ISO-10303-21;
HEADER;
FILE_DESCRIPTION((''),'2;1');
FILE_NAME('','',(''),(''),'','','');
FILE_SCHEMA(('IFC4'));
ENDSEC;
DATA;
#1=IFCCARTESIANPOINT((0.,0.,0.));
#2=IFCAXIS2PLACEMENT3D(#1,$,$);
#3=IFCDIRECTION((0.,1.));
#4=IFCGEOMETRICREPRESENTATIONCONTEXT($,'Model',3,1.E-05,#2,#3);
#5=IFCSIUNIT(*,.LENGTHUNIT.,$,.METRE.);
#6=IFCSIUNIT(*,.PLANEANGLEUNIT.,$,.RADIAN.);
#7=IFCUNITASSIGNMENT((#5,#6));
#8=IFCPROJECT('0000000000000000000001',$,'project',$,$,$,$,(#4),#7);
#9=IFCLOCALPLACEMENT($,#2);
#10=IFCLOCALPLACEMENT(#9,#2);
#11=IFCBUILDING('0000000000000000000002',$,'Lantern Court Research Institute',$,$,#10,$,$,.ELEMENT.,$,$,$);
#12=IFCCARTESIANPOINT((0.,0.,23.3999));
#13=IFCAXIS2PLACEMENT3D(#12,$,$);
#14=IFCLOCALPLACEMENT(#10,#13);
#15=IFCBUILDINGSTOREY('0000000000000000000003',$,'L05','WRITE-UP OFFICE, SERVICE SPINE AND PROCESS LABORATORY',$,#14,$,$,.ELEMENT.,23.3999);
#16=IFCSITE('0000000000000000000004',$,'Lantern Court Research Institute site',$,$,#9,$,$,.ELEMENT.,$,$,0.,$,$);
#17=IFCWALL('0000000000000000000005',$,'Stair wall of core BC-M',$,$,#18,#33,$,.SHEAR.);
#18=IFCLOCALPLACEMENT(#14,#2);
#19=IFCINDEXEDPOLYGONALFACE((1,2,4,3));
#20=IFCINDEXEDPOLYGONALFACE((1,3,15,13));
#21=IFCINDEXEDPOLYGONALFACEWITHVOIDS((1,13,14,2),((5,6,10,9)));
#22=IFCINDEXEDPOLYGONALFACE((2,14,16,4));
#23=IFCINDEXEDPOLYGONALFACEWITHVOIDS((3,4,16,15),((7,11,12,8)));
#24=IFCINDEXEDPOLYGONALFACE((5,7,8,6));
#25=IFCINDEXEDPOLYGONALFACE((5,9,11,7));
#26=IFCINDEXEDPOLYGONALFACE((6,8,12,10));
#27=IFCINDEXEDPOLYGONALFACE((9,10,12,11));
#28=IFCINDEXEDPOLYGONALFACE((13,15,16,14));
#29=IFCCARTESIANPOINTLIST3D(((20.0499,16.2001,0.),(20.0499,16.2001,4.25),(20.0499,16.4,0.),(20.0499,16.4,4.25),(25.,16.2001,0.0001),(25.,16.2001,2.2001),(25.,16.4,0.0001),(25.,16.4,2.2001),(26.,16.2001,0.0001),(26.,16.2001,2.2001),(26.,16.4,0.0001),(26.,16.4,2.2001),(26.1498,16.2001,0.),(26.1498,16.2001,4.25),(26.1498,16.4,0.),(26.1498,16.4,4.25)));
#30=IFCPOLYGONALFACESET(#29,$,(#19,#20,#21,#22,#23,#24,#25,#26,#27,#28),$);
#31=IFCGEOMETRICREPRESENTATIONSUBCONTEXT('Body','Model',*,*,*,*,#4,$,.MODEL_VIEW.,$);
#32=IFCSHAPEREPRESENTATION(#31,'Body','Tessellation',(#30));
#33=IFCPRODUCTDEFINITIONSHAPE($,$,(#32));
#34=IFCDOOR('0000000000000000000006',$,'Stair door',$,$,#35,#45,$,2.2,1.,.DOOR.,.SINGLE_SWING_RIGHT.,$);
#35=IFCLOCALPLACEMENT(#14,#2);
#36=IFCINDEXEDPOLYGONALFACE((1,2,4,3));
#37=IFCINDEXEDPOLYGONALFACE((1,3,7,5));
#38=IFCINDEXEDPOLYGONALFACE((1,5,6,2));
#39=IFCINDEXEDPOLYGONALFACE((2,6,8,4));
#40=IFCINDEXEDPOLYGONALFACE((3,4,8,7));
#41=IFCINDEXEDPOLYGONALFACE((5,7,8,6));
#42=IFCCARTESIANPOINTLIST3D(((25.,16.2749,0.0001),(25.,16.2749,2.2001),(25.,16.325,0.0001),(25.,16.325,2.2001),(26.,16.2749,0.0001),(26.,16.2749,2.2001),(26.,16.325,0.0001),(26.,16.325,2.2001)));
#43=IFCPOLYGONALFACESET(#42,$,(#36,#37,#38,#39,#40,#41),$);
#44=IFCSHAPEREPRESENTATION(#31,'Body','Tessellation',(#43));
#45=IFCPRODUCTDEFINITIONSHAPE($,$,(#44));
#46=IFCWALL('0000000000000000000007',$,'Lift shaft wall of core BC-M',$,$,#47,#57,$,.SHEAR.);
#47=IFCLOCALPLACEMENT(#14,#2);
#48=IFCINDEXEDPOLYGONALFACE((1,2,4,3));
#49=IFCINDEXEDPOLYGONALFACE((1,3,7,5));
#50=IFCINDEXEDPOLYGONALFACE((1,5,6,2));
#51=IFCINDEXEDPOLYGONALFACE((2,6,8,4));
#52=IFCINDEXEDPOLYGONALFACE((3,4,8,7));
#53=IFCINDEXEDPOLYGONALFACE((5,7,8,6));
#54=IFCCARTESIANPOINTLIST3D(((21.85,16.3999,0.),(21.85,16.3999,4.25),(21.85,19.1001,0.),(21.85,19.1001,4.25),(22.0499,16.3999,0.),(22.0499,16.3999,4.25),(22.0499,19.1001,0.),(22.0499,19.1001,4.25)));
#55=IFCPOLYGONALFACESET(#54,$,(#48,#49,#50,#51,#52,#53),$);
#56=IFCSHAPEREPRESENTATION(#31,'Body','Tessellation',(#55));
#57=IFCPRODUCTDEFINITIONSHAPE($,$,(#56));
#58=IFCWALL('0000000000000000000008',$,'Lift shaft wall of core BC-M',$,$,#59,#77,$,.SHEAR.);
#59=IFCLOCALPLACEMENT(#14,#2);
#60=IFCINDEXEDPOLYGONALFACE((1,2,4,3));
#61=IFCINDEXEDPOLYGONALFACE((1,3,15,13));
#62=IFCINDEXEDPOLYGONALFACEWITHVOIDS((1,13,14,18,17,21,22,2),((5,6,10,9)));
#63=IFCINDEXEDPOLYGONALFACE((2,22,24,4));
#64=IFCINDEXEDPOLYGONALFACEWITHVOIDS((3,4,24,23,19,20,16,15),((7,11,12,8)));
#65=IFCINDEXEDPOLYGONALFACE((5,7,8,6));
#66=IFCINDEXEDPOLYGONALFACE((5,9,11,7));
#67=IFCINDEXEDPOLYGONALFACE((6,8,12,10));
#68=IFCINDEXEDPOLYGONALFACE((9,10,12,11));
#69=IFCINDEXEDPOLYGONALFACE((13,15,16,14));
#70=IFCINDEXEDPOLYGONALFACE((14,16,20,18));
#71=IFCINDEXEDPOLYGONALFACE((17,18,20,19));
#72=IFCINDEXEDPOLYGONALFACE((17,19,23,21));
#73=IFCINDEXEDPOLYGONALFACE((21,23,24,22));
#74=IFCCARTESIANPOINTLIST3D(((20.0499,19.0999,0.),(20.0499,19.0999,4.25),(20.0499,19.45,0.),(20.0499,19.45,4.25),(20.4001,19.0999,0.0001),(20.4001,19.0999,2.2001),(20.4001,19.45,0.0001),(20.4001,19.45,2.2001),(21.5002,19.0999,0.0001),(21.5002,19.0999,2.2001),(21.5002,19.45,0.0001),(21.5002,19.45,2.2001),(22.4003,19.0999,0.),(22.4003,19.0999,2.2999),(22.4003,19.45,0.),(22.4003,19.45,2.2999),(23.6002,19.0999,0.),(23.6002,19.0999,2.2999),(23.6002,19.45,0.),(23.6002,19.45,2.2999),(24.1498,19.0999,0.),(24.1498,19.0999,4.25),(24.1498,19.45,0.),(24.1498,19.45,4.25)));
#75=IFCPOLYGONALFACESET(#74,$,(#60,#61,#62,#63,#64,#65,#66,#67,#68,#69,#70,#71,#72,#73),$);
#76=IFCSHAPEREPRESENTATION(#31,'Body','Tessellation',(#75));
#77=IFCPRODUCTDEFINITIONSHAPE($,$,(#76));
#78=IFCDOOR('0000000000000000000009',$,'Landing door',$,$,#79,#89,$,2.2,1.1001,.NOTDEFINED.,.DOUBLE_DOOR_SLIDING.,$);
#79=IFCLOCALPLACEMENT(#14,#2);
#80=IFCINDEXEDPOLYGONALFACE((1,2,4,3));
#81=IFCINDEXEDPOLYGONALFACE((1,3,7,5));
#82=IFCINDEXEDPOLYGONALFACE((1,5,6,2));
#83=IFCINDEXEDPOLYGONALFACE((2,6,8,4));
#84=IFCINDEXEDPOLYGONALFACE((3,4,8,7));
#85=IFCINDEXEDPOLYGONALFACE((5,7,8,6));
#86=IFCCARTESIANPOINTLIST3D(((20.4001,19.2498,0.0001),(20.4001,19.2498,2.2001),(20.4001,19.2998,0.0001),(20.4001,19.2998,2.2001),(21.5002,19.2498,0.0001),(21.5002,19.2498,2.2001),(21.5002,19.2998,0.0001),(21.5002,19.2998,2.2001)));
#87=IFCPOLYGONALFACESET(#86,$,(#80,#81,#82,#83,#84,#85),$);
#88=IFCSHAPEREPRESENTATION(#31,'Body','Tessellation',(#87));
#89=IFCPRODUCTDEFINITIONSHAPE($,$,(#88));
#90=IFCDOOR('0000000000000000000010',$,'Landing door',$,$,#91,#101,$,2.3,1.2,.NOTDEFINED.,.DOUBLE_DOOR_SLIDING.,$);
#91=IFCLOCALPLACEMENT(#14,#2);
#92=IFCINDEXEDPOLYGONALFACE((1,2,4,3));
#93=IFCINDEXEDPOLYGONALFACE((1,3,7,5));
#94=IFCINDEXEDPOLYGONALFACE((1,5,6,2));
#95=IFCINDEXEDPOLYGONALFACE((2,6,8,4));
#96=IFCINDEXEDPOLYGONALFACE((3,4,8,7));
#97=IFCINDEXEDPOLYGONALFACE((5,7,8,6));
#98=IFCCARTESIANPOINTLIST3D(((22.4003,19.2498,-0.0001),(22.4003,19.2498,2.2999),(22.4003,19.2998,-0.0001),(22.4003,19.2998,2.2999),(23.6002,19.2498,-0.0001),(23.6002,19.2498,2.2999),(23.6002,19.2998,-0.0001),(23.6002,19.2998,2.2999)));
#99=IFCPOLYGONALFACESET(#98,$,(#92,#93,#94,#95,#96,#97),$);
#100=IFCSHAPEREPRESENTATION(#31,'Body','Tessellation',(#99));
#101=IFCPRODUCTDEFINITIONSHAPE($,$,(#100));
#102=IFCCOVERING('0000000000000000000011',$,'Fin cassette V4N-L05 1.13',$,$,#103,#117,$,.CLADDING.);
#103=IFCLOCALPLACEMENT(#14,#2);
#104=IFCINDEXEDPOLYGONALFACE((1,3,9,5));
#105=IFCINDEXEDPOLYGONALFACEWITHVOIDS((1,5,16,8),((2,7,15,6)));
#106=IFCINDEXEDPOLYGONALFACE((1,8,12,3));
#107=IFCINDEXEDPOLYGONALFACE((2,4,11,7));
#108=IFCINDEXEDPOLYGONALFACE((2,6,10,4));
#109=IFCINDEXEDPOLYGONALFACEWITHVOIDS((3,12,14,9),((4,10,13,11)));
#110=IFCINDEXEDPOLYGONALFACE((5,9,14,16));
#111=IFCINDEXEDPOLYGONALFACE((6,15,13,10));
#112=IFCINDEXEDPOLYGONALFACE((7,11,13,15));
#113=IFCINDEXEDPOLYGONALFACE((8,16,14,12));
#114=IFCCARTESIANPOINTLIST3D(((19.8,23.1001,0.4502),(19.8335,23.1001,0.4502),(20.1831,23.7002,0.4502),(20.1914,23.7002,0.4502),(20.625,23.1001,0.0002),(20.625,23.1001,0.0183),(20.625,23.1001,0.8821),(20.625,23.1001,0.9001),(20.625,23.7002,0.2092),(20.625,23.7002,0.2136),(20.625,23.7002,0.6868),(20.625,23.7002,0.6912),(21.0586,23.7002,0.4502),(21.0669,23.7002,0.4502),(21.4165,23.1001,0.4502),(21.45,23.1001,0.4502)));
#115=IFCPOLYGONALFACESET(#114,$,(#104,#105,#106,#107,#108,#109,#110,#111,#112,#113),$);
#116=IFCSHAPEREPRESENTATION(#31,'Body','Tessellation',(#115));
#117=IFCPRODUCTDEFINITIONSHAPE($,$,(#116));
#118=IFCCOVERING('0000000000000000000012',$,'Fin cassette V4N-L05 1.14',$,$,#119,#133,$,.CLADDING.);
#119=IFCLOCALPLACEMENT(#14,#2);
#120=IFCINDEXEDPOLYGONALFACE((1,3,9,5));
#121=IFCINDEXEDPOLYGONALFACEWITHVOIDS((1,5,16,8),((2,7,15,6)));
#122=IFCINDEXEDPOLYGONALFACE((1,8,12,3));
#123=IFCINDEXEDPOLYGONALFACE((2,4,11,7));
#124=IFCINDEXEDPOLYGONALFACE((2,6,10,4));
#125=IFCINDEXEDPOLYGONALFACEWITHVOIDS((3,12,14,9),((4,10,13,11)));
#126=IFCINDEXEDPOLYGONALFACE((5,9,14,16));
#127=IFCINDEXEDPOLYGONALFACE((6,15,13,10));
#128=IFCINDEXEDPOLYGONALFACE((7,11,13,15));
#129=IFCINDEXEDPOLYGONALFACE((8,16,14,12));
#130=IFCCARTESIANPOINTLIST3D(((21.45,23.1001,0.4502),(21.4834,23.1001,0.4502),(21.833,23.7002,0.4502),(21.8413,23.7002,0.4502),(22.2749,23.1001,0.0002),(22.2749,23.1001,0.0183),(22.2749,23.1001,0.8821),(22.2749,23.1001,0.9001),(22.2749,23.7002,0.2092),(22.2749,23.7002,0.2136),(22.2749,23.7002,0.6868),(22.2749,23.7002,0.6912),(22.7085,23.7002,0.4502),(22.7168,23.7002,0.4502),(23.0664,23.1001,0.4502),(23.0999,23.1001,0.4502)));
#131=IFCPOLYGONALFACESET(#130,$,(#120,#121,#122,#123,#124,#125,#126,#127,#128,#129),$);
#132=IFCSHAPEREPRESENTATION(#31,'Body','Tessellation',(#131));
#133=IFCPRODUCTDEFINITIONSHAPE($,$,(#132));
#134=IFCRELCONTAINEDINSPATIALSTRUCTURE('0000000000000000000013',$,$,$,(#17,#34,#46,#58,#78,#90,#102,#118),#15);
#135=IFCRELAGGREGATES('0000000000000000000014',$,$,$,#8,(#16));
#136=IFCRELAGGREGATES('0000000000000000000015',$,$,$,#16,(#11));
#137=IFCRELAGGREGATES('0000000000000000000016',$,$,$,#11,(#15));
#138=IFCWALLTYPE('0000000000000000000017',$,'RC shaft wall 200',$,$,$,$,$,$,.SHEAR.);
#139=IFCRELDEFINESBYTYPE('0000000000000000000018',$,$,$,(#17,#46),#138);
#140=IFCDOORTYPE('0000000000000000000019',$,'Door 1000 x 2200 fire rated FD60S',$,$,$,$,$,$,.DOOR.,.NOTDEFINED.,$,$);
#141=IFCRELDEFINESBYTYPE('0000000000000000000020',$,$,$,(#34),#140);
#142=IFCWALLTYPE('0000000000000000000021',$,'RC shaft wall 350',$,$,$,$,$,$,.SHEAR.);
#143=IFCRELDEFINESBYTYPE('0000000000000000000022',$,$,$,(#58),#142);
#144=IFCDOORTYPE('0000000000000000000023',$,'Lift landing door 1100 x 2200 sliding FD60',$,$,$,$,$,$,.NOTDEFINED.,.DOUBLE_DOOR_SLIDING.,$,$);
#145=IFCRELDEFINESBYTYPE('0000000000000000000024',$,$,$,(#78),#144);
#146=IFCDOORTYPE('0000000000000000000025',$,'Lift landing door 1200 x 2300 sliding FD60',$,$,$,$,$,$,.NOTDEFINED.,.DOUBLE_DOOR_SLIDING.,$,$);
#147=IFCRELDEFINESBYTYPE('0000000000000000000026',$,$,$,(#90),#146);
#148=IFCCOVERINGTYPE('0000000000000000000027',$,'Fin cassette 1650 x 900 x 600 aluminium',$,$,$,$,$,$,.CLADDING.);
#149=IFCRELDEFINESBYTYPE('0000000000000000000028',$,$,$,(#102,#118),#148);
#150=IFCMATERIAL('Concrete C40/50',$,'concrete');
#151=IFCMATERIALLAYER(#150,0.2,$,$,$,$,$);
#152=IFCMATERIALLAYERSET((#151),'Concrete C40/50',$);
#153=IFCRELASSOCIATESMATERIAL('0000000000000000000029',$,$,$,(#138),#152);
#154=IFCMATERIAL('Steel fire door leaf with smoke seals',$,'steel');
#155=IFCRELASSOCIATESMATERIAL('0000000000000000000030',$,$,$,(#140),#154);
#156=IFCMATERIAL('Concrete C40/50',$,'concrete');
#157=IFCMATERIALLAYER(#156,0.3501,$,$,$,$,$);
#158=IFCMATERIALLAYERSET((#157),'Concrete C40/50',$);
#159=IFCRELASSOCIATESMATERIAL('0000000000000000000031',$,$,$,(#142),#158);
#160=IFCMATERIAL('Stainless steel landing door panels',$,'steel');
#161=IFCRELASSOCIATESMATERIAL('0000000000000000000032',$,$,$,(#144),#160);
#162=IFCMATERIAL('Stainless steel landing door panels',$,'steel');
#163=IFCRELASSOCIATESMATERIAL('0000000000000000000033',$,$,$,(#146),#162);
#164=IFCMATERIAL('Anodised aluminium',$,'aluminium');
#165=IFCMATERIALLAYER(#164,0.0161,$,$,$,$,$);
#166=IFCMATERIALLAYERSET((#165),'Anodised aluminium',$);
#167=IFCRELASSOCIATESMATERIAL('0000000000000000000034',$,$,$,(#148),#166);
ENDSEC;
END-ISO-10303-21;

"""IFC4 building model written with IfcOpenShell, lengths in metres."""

from ifc_helpers import new_model, entity, si_unit, direction, frame, frame_2d, origin, place, context, subcontext, project, spatial, rectangle, extrude, material, layer, layer_set, type_object, element, fill, save


model = new_model("IFC4")

# Units and contexts
model_context = context("Model", 3, precision=1e-05, world=origin(), true_north=direction((0.0, 1.0)))
body_context = subcontext(model_context, "Body", "Model", "MODEL_VIEW")
ifc_project = project(units=[si_unit("LENGTHUNIT", "METRE"), si_unit("PLANEANGLEUNIT", "RADIAN")], contexts=[model_context])

# Site, building, storey
site_placement = place(None, origin())
site = spatial("IfcSite", under=ifc_project, at=site_placement, Name="Lantern Court Research Institute site", CompositionType="ELEMENT", RefElevation=0.0)
building_placement = place(site_placement, origin())
building = spatial("IfcBuilding", under=site, at=building_placement, Name="Lantern Court Research Institute", CompositionType="ELEMENT")
storey_placement = place(building_placement, frame((0.0, 0.0, 23.3999)))
storey = spatial("IfcBuildingStorey", under=building, at=storey_placement, Name="L05", Description="WRITE-UP OFFICE, SERVICE SPINE AND PROCESS LABORATORY", CompositionType="ELEMENT", Elevation=23.3999)

# Wall, opening, door
ifc_material_1 = material(Name="Concrete C40/50", Category="concrete")
ifc_layer_1 = layer(ifc_material_1, 0.2)
ifc_layer_set_1 = layer_set([ifc_layer_1], Name="Concrete C40/50")
wall_type_1 = type_object("IfcWallType", Name="RC shaft wall 200", PredefinedType="SHEAR", material=ifc_layer_set_1)
wall_1_placement = place(storey_placement, frame((20.05, 16.3, 0.0), z_axis=(0.0, 0.0, 1.0), x_axis=(1.0, 0.0, 0.0)))
wall_1 = element("IfcWall", 1, at=wall_1_placement, inside=storey, type_object=wall_type_1, Name="Stair wall of core BC-M", PredefinedType="SHEAR", context=body_context, shape_type="SweptSolid", body=[
    extrude(rectangle(XDim=6.0999, YDim=0.2, at=frame_2d((3.0498, 0.0))), origin(), (0.0, 0.0, 1.0), 4.25),
])
opening_1_placement = place(wall_1_placement, frame((4.95, 0.0, 0.0)))
opening_1 = element("IfcOpeningElement", 2, at=opening_1_placement, cuts=wall_1, PredefinedType="OPENING", context=body_context, shape_type="SweptSolid", body=[
    extrude(rectangle(XDim=1.0, YDim=2.2, at=frame_2d((0.5, 1.1001))), frame((0.0, 0.1099, 0.0), z_axis=(0.0, -1.0, 0.0), x_axis=(1.0, 0.0, 0.0)), (0.0, 0.0, 1.0), 0.22),
])
ifc_material_2 = material(Name="Steel fire door leaf with smoke seals", Category="steel")
door_type_1 = type_object("IfcDoorType", Name="Door 1000 x 2200 fire rated FD60S", OperationType="NOTDEFINED", PredefinedType="DOOR", material=ifc_material_2)
door_1_placement = place(opening_1_placement, origin())
door_1 = element("IfcDoor", 3, at=door_1_placement, inside=storey, type_object=door_type_1, Name="Stair door", OperationType="SINGLE_SWING_RIGHT", OverallHeight=2.2, OverallWidth=1.0, PredefinedType="DOOR", context=body_context, shape_type="SweptSolid", body=[
    extrude(rectangle(XDim=1.0, YDim=2.2, at=frame_2d((0.5, 1.1001))), frame((0.0, 0.0249, 0.0), z_axis=(0.0, -1.0, 0.0), x_axis=(1.0, 0.0, 0.0)), (0.0, 0.0, 1.0), 0.05),
])
fill(opening_1, door_1)

# Wall
wall_2_placement = place(storey_placement, frame((21.95, 16.3999, 0.0), z_axis=(0.0, 0.0, 1.0), x_axis=(0.0, 1.0, 0.0)))
element("IfcWall", 4, at=wall_2_placement, inside=storey, type_object=wall_type_1, Name="Lift shaft wall of core BC-M", PredefinedType="SHEAR", context=body_context, shape_type="SweptSolid", body=[
    extrude(rectangle(XDim=2.7002, YDim=0.2, at=frame_2d((1.3501, 0.0))), origin(), (0.0, 0.0, 1.0), 4.25),
])

# Wall, openings, doors
ifc_material_3 = material(Name="Concrete C40/50", Category="concrete")
ifc_layer_2 = layer(ifc_material_3, 0.3501)
ifc_layer_set_2 = layer_set([ifc_layer_2], Name="Concrete C40/50")
wall_type_2 = type_object("IfcWallType", Name="RC shaft wall 350", PredefinedType="SHEAR", material=ifc_layer_set_2)
wall_3_placement = place(storey_placement, frame((20.05, 19.2749, 0.0), z_axis=(0.0, 0.0, 1.0), x_axis=(1.0, 0.0, 0.0)))
wall_3 = element("IfcWall", 5, at=wall_3_placement, inside=storey, type_object=wall_type_2, Name="Lift shaft wall of core BC-M", PredefinedType="SHEAR", context=body_context, shape_type="SweptSolid", body=[
    extrude(rectangle(XDim=4.0999, YDim=0.3501, at=frame_2d((2.0498, 0.0))), origin(), (0.0, 0.0, 1.0), 4.25),
])
opening_2_placement = place(wall_3_placement, frame((0.3501, 0.0, 0.0)))
opening_2 = element("IfcOpeningElement", 6, at=opening_2_placement, cuts=wall_3, PredefinedType="OPENING", context=body_context, shape_type="SweptSolid", body=[
    extrude(rectangle(XDim=1.1001, YDim=2.2, at=frame_2d((0.55, 1.1001))), frame((0.0, 0.1851, 0.0), z_axis=(0.0, -1.0, 0.0), x_axis=(1.0, 0.0, 0.0)), (0.0, 0.0, 1.0), 0.3701),
])
opening_3_placement = place(wall_3_placement, frame((2.3501, 0.0, 0.0)))
opening_3 = element("IfcOpeningElement", 7, at=opening_3_placement, cuts=wall_3, PredefinedType="OPENING", context=body_context, shape_type="SweptSolid", body=[
    extrude(rectangle(XDim=1.2, YDim=2.3, at=frame_2d((0.6001, 1.1499))), frame((0.0, 0.1851, 0.0), z_axis=(0.0, -1.0, 0.0), x_axis=(1.0, 0.0, 0.0)), (0.0, 0.0, 1.0), 0.3701),
])
ifc_material_4 = material(Name="Stainless steel landing door panels", Category="steel")
door_type_2 = type_object("IfcDoorType", Name="Lift landing door 1100 x 2200 sliding FD60", OperationType="DOUBLE_DOOR_SLIDING", PredefinedType="NOTDEFINED", material=ifc_material_4)
door_2_placement = place(opening_2_placement, origin())
door_2 = element("IfcDoor", 8, at=door_2_placement, inside=storey, type_object=door_type_2, Name="Landing door", OperationType="DOUBLE_DOOR_SLIDING", OverallHeight=2.2, OverallWidth=1.1001, PredefinedType="NOTDEFINED", context=body_context, shape_type="SweptSolid", body=[
    extrude(rectangle(XDim=1.1001, YDim=2.2, at=frame_2d((0.55, 1.1001))), frame((0.0, 0.0249, 0.0), z_axis=(0.0, -1.0, 0.0), x_axis=(1.0, 0.0, 0.0)), (0.0, 0.0, 1.0), 0.05),
])
fill(opening_2, door_2)
ifc_material_5 = material(Name="Stainless steel landing door panels", Category="steel")
door_type_3 = type_object("IfcDoorType", Name="Lift landing door 1200 x 2300 sliding FD60", OperationType="DOUBLE_DOOR_SLIDING", PredefinedType="NOTDEFINED", material=ifc_material_5)
door_3_placement = place(opening_3_placement, origin())
door_3 = element("IfcDoor", 9, at=door_3_placement, inside=storey, type_object=door_type_3, Name="Landing door", OperationType="DOUBLE_DOOR_SLIDING", OverallHeight=2.3, OverallWidth=1.2, PredefinedType="NOTDEFINED", context=body_context, shape_type="SweptSolid", body=[
    extrude(rectangle(XDim=1.2, YDim=2.3, at=frame_2d((0.6001, 1.1499))), frame((0.0, 0.0249, 0.0), z_axis=(0.0, -1.0, 0.0), x_axis=(1.0, 0.0, 0.0)), (0.0, 0.0, 1.0), 0.05),
])
fill(opening_3, door_3)

# Coverings
ifc_material_6 = material(Name="Anodised aluminium", Category="aluminium")
ifc_layer_3 = layer(ifc_material_6, 0.0161)
ifc_layer_set_3 = layer_set([ifc_layer_3], Name="Anodised aluminium")
covering_type = type_object("IfcCoveringType", Name="Fin cassette 1650 x 900 x 600 aluminium", PredefinedType="CLADDING", material=ifc_layer_set_3)
covering_1_placement = place(storey_placement, frame((20.625, 23.1001, 0.4502), z_axis=(0.0, 1.0, 0.0), x_axis=(-1.0, 0.0, 0.0)))
cartesian_point_1 = entity("IfcCartesianPoint", [0.825, 0.0])
cartesian_point_2 = entity("IfcCartesianPoint", [0.7915, 0.0])
cartesian_point_3 = entity("IfcCartesianPoint", [0.4419, 0.0])
cartesian_point_4 = entity("IfcCartesianPoint", [0.4336, 0.0])
element("IfcCovering", 10, at=covering_1_placement, inside=storey, type_object=covering_type, Name="Fin cassette V4N-L05 1.13", PredefinedType="CLADDING", context=body_context, shape_type="SweptSolid", body=[
    entity("IfcExtrudedAreaSolidTapered", entity("IfcArbitraryProfileDefWithVoids", "AREA", None, entity("IfcPolyline", [cartesian_point_1, entity("IfcCartesianPoint", [0.0, 0.45]), entity("IfcCartesianPoint", [-0.825, 0.0]), entity("IfcCartesianPoint", [0.0, -0.45]), cartesian_point_1]), [entity("IfcPolyline", [cartesian_point_2, entity("IfcCartesianPoint", [0.0, 0.4319]), entity("IfcCartesianPoint", [-0.7915, 0.0]), entity("IfcCartesianPoint", [0.0, -0.4319]), cartesian_point_2])]), entity("IfcAxis2Placement3D", entity("IfcCartesianPoint", [0.0, 0.0, 0.0])), entity("IfcDirection", [0.0, 0.0, 1.0]), 0.6001, entity("IfcArbitraryProfileDefWithVoids", "AREA", None, entity("IfcPolyline", [cartesian_point_3, entity("IfcCartesianPoint", [0.0, 0.241]), entity("IfcCartesianPoint", [-0.4419, 0.0]), entity("IfcCartesianPoint", [0.0, -0.241]), cartesian_point_3]), [entity("IfcPolyline", [cartesian_point_4, entity("IfcCartesianPoint", [0.0, 0.2366]), entity("IfcCartesianPoint", [-0.4336, 0.0]), entity("IfcCartesianPoint", [0.0, -0.2366]), cartesian_point_4])])),
])
covering_2_placement = place(storey_placement, frame((22.2749, 23.1001, 0.4502), z_axis=(0.0, 1.0, 0.0), x_axis=(-1.0, 0.0, 0.0)))
cartesian_point_5 = entity("IfcCartesianPoint", [0.825, 0.0])
cartesian_point_6 = entity("IfcCartesianPoint", [0.7915, 0.0])
cartesian_point_7 = entity("IfcCartesianPoint", [0.4419, 0.0])
cartesian_point_8 = entity("IfcCartesianPoint", [0.4336, 0.0])
element("IfcCovering", 11, at=covering_2_placement, inside=storey, type_object=covering_type, Name="Fin cassette V4N-L05 1.14", PredefinedType="CLADDING", context=body_context, shape_type="SweptSolid", body=[
    entity("IfcExtrudedAreaSolidTapered", entity("IfcArbitraryProfileDefWithVoids", "AREA", None, entity("IfcPolyline", [cartesian_point_5, entity("IfcCartesianPoint", [0.0, 0.45]), entity("IfcCartesianPoint", [-0.825, 0.0]), entity("IfcCartesianPoint", [0.0, -0.45]), cartesian_point_5]), [entity("IfcPolyline", [cartesian_point_6, entity("IfcCartesianPoint", [0.0, 0.4319]), entity("IfcCartesianPoint", [-0.7915, 0.0]), entity("IfcCartesianPoint", [0.0, -0.4319]), cartesian_point_6])]), entity("IfcAxis2Placement3D", entity("IfcCartesianPoint", [0.0, 0.0, 0.0])), entity("IfcDirection", [0.0, 0.0, 1.0]), 0.6001, entity("IfcArbitraryProfileDefWithVoids", "AREA", None, entity("IfcPolyline", [cartesian_point_7, entity("IfcCartesianPoint", [0.0, 0.241]), entity("IfcCartesianPoint", [-0.4419, 0.0]), entity("IfcCartesianPoint", [0.0, -0.241]), cartesian_point_7]), [entity("IfcPolyline", [cartesian_point_8, entity("IfcCartesianPoint", [0.0, 0.2366]), entity("IfcCartesianPoint", [-0.4336, 0.0]), entity("IfcCartesianPoint", [0.0, -0.2366]), cartesian_point_8])])),
])

save(model, "model.ifc")
